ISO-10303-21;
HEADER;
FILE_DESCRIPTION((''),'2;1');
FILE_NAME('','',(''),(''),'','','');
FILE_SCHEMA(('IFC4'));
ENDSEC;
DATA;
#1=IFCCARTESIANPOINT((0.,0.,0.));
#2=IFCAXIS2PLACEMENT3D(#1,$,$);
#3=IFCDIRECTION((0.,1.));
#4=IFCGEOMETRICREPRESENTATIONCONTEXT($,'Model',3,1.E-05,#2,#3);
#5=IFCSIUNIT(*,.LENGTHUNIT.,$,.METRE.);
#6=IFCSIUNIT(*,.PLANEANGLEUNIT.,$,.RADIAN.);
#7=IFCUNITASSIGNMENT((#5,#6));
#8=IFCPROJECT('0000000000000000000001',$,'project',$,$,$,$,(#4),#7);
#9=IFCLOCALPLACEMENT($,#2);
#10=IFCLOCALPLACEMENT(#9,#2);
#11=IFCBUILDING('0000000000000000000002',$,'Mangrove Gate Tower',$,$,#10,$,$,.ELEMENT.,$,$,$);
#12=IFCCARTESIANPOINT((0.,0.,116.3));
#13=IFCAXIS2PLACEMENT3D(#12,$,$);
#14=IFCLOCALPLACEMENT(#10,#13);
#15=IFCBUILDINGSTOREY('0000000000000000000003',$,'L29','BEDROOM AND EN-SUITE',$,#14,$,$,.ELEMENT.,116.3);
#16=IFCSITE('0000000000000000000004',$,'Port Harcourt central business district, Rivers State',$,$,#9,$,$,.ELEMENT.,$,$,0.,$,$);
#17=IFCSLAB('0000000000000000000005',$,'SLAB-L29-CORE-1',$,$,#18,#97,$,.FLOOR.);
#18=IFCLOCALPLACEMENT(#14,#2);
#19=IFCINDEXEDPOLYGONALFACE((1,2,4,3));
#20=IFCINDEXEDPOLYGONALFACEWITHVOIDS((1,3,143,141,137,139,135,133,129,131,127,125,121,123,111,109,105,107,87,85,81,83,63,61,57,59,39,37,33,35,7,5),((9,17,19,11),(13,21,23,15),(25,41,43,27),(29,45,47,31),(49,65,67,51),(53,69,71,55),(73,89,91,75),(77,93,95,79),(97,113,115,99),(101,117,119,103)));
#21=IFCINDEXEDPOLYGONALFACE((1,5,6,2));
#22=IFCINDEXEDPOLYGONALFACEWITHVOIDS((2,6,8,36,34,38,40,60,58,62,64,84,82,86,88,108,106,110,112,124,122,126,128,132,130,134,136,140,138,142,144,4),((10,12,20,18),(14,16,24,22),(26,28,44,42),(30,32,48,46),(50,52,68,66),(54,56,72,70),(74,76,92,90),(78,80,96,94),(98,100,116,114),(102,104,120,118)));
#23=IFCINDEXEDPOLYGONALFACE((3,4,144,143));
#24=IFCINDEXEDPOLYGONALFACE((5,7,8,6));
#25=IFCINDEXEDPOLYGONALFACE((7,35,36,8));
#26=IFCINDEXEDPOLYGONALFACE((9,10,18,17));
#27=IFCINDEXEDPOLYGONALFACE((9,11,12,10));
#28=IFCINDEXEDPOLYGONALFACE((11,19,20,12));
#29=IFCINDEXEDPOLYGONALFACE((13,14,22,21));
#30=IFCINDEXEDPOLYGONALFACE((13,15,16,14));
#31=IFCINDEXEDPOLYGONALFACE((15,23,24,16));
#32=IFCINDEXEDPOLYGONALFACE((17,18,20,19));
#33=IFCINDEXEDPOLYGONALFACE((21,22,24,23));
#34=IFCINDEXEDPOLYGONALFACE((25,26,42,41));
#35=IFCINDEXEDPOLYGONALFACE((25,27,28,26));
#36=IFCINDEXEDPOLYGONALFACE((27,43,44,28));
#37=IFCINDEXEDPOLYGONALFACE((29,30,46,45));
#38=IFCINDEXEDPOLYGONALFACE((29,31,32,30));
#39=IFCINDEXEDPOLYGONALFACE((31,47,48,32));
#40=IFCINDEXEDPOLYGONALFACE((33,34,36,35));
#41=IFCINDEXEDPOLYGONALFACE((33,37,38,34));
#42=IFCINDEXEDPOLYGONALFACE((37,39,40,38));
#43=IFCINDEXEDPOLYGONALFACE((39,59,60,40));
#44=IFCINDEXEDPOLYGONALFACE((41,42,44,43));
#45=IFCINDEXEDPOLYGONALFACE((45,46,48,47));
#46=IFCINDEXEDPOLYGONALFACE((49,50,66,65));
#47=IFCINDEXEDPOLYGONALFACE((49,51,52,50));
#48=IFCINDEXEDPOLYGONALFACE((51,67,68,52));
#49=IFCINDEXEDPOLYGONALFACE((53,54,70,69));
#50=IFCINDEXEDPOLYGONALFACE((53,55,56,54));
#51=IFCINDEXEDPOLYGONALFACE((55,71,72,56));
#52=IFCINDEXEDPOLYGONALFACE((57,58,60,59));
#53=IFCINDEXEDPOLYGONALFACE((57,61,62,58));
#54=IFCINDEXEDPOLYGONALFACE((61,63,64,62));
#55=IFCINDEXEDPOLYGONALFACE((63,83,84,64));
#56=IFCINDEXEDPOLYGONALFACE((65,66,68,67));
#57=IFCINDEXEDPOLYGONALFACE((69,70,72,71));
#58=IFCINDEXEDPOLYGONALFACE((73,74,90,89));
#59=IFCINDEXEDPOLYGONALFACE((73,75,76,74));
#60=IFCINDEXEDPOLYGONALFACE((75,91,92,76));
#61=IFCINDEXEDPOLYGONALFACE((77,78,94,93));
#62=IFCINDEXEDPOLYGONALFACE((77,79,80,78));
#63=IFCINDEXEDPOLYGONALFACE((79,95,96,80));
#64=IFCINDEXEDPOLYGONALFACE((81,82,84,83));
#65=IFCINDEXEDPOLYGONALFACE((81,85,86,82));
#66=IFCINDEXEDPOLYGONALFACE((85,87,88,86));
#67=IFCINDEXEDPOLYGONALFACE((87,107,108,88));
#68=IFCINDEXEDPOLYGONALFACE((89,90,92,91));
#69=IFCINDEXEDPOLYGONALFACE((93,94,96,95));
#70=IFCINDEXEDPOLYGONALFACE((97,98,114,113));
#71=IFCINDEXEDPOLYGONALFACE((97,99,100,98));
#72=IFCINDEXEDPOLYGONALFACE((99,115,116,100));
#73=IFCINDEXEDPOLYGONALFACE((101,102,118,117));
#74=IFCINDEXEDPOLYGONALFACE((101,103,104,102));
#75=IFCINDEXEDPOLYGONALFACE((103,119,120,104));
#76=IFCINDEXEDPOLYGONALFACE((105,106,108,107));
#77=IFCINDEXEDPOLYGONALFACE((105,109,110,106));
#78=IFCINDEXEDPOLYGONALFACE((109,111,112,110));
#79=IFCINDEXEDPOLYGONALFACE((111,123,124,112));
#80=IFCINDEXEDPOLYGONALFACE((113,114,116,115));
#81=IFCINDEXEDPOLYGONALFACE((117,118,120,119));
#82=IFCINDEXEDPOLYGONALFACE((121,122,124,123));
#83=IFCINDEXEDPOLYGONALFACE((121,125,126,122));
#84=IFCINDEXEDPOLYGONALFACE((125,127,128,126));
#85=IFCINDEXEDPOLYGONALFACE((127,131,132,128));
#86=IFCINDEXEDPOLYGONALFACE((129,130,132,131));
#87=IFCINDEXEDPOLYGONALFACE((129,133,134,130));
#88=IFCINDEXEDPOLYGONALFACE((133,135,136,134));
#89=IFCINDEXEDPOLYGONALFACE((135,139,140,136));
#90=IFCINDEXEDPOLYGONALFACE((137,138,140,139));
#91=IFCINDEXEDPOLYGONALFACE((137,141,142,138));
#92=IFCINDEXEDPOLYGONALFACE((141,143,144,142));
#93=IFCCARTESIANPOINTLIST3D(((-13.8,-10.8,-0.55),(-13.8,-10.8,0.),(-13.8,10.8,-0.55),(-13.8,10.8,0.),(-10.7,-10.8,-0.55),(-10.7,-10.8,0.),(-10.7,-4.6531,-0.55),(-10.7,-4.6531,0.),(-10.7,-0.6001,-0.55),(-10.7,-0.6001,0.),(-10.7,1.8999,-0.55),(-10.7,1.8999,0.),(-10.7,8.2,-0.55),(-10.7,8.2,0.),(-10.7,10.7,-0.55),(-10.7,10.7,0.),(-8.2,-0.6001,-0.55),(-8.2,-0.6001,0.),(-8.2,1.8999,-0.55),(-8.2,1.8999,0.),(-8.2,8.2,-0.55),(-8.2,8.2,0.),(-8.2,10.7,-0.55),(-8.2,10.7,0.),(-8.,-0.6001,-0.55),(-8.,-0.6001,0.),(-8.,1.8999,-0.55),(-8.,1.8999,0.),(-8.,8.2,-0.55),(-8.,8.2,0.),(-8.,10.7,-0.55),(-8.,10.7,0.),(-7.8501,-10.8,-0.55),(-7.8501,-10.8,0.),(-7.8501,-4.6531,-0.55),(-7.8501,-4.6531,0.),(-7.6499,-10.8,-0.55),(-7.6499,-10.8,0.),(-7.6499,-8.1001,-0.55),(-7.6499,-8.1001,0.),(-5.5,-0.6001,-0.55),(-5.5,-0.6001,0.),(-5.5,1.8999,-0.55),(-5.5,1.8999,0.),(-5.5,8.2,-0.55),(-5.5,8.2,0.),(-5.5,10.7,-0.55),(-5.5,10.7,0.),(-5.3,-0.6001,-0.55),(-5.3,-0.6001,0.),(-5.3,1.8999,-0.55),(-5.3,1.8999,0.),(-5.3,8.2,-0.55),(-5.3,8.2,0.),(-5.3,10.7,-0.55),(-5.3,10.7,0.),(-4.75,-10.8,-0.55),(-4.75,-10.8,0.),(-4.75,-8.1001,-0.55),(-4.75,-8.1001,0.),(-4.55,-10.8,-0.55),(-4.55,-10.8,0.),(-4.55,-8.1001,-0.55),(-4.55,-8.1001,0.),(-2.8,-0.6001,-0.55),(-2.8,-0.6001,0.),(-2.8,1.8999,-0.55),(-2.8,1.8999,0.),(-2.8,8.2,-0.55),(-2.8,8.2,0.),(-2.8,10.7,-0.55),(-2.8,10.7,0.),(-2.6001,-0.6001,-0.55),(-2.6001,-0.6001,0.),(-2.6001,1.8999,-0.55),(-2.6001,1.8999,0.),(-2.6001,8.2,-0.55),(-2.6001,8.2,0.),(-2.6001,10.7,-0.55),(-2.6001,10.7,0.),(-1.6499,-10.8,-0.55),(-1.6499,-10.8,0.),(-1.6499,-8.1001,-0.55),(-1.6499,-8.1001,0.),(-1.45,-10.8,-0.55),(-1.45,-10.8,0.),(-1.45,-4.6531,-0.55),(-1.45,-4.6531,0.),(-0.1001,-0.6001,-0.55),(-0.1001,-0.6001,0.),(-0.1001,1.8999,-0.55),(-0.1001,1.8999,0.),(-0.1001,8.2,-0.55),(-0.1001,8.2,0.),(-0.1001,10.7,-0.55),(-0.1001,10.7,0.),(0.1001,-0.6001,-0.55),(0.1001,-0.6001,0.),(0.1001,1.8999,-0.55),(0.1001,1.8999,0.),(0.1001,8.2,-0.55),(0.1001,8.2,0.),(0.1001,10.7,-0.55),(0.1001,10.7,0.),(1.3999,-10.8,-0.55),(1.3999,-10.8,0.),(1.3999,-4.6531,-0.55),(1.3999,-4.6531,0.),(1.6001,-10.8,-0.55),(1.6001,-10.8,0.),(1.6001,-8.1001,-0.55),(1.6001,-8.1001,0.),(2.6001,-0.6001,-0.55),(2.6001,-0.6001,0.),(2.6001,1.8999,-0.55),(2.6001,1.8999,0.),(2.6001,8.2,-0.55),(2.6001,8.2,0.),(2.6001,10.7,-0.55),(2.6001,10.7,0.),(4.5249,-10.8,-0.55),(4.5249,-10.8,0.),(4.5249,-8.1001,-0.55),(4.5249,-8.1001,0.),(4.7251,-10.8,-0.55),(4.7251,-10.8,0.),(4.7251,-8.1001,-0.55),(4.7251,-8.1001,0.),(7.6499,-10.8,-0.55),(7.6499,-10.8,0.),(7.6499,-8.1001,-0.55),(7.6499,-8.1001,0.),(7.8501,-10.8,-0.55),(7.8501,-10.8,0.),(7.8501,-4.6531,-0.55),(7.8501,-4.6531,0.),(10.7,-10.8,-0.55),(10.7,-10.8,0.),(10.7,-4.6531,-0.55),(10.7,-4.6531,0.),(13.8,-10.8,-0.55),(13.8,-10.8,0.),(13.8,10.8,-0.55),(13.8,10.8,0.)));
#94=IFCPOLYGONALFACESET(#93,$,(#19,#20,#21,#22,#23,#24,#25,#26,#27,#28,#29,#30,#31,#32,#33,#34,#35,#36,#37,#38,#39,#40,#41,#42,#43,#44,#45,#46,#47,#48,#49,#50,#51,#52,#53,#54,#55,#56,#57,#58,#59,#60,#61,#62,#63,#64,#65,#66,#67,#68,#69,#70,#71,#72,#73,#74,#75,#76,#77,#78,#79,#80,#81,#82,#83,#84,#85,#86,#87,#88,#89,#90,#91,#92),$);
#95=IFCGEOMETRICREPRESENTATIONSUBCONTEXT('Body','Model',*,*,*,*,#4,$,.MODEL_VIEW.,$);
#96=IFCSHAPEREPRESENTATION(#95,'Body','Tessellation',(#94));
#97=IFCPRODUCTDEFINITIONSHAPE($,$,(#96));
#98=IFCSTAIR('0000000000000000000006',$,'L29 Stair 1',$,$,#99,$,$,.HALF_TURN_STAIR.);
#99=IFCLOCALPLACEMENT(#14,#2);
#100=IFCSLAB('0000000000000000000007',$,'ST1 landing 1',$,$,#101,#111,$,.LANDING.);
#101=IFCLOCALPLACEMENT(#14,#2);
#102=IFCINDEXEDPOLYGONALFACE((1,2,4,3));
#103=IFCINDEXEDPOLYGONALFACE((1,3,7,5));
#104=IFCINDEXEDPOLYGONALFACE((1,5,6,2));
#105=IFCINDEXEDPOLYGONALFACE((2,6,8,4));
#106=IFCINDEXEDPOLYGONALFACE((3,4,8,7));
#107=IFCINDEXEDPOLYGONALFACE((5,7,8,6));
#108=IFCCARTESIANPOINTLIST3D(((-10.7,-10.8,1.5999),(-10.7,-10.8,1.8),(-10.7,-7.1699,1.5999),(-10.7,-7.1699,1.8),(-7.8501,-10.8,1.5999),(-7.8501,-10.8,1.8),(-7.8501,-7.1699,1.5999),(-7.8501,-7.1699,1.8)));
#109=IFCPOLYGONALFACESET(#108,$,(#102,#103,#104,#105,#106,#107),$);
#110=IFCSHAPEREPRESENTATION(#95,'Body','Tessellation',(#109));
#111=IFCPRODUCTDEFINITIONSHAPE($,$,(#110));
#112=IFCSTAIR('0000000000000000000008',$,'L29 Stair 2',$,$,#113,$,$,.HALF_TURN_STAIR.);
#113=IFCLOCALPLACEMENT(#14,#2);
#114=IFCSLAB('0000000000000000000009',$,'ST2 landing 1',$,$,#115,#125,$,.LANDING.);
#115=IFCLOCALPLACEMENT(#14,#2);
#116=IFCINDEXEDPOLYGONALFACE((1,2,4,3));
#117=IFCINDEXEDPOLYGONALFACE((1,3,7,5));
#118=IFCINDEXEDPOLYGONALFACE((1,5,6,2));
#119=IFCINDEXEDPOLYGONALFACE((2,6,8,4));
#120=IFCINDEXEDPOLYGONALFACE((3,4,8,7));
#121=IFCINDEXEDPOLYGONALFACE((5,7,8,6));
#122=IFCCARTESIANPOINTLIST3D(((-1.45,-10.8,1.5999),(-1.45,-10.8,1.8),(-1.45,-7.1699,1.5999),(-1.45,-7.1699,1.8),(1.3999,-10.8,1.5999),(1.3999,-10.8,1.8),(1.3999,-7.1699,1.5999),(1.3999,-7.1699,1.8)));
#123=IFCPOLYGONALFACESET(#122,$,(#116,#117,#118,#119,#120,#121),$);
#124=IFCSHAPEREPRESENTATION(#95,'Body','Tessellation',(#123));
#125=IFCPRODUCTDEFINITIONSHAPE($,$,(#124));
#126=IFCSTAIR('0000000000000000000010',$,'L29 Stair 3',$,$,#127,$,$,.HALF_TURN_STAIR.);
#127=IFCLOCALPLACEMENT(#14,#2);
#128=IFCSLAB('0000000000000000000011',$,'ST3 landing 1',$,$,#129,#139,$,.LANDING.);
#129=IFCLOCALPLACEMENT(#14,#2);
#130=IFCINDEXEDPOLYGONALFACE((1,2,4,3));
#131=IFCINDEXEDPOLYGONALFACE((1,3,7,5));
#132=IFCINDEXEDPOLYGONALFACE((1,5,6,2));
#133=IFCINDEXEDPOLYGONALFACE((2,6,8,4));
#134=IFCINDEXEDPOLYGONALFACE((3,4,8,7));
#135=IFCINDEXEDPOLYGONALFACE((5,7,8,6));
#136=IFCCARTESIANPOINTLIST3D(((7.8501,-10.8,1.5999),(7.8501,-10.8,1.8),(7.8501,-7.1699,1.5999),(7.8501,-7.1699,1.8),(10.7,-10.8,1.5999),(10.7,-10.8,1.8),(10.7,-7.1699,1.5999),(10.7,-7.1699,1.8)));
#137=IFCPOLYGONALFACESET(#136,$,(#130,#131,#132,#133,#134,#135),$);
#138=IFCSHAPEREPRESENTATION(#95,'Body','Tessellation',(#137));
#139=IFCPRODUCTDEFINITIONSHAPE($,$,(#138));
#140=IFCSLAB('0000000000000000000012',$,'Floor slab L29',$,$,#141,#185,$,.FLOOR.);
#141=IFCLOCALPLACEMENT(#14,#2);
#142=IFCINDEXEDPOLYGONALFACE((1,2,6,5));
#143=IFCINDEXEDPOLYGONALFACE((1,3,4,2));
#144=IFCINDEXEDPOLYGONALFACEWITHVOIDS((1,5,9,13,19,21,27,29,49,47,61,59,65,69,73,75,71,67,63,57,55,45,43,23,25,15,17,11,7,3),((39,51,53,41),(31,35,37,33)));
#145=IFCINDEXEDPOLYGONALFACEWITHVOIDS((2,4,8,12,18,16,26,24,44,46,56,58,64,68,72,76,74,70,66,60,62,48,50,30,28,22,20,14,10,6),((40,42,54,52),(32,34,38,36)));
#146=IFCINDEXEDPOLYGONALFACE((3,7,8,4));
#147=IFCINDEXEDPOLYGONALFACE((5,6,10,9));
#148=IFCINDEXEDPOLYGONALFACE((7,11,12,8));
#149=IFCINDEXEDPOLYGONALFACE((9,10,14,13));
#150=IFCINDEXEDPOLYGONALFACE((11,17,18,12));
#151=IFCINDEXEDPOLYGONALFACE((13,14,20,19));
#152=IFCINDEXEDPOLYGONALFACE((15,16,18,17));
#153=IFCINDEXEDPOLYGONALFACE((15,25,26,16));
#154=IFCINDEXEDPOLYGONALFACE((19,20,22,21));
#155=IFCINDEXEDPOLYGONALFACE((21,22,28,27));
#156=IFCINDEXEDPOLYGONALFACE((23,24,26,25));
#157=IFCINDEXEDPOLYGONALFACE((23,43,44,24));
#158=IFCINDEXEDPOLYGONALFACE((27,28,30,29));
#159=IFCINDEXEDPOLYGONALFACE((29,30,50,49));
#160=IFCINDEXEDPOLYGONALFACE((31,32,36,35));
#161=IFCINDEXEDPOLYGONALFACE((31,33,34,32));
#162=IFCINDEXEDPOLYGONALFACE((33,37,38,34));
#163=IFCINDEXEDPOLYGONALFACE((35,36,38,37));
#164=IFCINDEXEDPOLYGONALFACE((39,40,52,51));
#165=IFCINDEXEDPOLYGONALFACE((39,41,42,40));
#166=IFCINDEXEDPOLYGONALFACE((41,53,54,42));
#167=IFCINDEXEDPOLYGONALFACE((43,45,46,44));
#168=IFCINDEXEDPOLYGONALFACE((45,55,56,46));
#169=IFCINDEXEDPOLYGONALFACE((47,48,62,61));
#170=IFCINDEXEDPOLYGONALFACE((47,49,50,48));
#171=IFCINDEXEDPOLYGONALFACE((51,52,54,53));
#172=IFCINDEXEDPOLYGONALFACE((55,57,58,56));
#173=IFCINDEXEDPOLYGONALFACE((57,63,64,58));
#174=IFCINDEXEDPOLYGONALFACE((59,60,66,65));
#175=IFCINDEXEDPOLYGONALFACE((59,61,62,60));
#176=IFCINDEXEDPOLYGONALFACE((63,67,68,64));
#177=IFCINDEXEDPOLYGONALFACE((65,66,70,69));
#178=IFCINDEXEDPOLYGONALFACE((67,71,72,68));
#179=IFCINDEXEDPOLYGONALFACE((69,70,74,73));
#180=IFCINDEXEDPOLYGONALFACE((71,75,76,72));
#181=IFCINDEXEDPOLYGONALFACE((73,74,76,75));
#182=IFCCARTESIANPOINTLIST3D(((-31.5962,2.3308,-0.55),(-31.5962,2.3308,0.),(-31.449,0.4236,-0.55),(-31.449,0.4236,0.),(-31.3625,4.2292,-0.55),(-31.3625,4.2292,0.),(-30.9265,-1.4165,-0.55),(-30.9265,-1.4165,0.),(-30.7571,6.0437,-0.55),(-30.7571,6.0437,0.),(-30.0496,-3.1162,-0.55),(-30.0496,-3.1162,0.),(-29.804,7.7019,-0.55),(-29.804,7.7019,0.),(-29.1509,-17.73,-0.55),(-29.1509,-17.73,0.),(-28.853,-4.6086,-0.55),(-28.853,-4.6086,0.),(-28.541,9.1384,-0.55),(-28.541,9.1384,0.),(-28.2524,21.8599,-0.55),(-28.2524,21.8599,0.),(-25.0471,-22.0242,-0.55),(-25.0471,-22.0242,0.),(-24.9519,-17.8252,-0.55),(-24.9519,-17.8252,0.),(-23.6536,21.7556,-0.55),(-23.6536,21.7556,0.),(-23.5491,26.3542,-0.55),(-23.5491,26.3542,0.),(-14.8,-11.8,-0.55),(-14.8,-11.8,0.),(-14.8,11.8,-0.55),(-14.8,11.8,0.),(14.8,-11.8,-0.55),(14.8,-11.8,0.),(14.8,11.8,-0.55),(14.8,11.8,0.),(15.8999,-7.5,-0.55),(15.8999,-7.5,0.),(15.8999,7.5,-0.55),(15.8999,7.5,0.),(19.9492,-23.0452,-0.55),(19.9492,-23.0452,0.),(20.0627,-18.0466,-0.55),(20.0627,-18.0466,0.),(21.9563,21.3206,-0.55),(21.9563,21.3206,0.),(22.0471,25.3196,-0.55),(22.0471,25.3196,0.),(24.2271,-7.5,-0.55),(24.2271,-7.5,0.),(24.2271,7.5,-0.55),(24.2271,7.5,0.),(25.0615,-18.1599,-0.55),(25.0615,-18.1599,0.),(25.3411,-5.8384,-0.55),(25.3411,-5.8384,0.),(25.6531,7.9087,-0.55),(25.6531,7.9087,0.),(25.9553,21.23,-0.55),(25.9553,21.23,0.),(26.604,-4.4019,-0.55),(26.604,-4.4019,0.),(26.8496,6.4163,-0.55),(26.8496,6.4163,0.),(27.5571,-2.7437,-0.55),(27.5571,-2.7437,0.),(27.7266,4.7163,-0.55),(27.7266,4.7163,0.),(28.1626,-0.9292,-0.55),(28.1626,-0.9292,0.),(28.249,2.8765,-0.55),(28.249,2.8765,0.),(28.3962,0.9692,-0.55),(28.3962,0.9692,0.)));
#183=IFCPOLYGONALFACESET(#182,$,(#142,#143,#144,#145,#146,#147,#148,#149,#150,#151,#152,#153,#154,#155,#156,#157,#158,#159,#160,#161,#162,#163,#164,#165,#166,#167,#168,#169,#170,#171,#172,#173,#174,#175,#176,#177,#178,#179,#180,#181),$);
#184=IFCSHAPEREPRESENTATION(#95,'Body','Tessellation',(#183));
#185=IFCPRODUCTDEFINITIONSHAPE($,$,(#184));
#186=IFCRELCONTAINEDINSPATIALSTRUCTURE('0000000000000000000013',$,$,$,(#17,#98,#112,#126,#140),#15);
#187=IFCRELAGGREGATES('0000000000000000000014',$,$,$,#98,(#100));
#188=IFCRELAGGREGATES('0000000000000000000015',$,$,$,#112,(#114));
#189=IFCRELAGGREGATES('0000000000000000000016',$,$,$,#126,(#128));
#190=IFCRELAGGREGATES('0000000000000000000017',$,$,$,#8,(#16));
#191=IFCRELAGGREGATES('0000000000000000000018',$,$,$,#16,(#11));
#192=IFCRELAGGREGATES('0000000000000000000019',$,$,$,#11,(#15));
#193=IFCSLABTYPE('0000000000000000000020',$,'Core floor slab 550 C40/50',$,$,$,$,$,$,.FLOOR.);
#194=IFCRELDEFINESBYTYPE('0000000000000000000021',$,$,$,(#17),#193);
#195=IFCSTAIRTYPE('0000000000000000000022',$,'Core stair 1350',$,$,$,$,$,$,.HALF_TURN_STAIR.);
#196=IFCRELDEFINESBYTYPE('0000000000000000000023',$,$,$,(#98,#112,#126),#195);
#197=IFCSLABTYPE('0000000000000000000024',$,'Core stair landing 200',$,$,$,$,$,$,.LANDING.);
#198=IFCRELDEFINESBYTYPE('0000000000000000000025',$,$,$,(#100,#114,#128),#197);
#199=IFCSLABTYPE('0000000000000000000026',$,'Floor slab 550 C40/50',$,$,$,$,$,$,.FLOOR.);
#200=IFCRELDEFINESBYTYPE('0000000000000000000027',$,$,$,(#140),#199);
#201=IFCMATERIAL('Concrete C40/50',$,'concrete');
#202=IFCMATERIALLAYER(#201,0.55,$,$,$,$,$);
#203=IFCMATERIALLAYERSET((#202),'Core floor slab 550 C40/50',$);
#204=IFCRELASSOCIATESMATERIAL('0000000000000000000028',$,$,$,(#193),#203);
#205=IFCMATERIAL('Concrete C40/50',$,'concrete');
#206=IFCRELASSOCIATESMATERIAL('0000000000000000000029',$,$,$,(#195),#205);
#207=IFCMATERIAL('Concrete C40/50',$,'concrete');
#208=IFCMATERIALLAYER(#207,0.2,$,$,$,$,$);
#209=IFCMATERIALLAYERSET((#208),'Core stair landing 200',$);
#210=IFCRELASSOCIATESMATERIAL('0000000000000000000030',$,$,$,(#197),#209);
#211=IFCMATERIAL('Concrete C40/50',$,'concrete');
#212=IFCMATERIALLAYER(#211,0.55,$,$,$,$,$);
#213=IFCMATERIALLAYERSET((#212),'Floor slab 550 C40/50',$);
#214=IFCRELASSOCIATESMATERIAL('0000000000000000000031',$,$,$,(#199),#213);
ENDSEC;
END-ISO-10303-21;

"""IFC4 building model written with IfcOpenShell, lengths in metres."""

from ifc_helpers import new_model, si_unit, direction, frame, origin, place, context, subcontext, project, spatial, polyline, outline, extrude, material, layer, layer_set, type_object, element, aggregate, save


model = new_model("IFC4")

# Units and contexts
model_context = context("Model", 3, precision=1e-05, world=origin(), true_north=direction((0.0, 1.0)))
body_context = subcontext(model_context, "Body", "Model", "MODEL_VIEW")
ifc_project = project(units=[si_unit("LENGTHUNIT", "METRE"), si_unit("PLANEANGLEUNIT", "RADIAN")], contexts=[model_context])

# Site, building, storey
site_placement = place(None, origin())
site = spatial("IfcSite", under=ifc_project, at=site_placement, Name="Port Harcourt central business district, Rivers State", CompositionType="ELEMENT", RefElevation=0.0)
building_placement = place(site_placement, origin())
building = spatial("IfcBuilding", under=site, at=building_placement, Name="Mangrove Gate Tower", CompositionType="ELEMENT")
storey_placement = place(building_placement, frame((0.0, 0.0, 116.3)))
storey = spatial("IfcBuildingStorey", under=building, at=storey_placement, Name="L29", Description="BEDROOM AND EN-SUITE", CompositionType="ELEMENT", Elevation=116.3)

# Slab
ifc_material_1 = material(Name="Concrete C40/50", Category="concrete")
ifc_layer_1 = layer(ifc_material_1, 0.55)
ifc_layer_set_1 = layer_set([ifc_layer_1], Name="Core floor slab 550 C40/50")
slab_type_1 = type_object("IfcSlabType", Name="Core floor slab 550 C40/50", PredefinedType="FLOOR", material=ifc_layer_set_1)
slab_1_placement = place(storey_placement, frame((0.0, 0.0, -0.55)))
element("IfcSlab", 1, at=slab_1_placement, inside=storey, type_object=slab_type_1, Name="SLAB-L29-CORE-1", PredefinedType="FLOOR", context=body_context, shape_type="SweptSolid", body=[
    extrude(outline(polyline([(-13.8, -10.8), (-13.8, 10.8), (13.8, 10.8), (13.8, -10.8), (10.7, -10.8), (10.7, -4.6531), (7.8501, -4.6531), (7.8501, -10.8), (7.6499, -10.8), (7.6499, -8.1001), (4.7251, -8.1001), (4.7251, -10.8), (4.5249, -10.8), (4.5249, -8.1001), (1.6001, -8.1001), (1.6001, -10.8), (1.3999, -10.8), (1.3999, -4.6531), (-1.45, -4.6531), (-1.45, -10.8), (-1.6499, -10.8), (-1.6499, -8.1001), (-4.55, -8.1001), (-4.55, -10.8), (-4.75, -10.8), (-4.75, -8.1001), (-7.6499, -8.1001), (-7.6499, -10.8), (-7.8501, -10.8), (-7.8501, -4.6531), (-10.7, -4.6531), (-10.7, -10.8), (-13.8, -10.8)]), holes=[polyline([(-8.2, -0.6001), (-8.2, 1.8999), (-10.7, 1.8999), (-10.7, -0.6001), (-8.2, -0.6001)]), polyline([(-5.5, -0.6001), (-5.5, 1.8999), (-8.0, 1.8999), (-8.0, -0.6001), (-5.5, -0.6001)]), polyline([(-2.8, -0.6001), (-2.8, 1.8999), (-5.3, 1.8999), (-5.3, -0.6001), (-2.8, -0.6001)]), polyline([(-8.2, 8.2), (-8.2, 10.7), (-10.7, 10.7), (-10.7, 8.2), (-8.2, 8.2)]), polyline([(-5.5, 8.2), (-5.5, 10.7), (-8.0, 10.7), (-8.0, 8.2), (-5.5, 8.2)]), polyline([(-2.8, 8.2), (-2.8, 10.7), (-5.3, 10.7), (-5.3, 8.2), (-2.8, 8.2)]), polyline([(-0.1001, -0.6001), (-0.1001, 1.8999), (-2.6001, 1.8999), (-2.6001, -0.6001), (-0.1001, -0.6001)]), polyline([(2.6001, -0.6001), (2.6001, 1.8999), (0.1001, 1.8999), (0.1001, -0.6001), (2.6001, -0.6001)]), polyline([(-2.6001, 8.2), (-0.1001, 8.2), (-0.1001, 10.7), (-2.6001, 10.7), (-2.6001, 8.2)]), polyline([(0.1001, 8.2), (2.6001, 8.2), (2.6001, 10.7), (0.1001, 10.7), (0.1001, 8.2)])]), origin(), (0.0, 0.0, 1.0), 0.55),
])

# Stairs, slabs
ifc_material_2 = material(Name="Concrete C40/50", Category="concrete")
stair_type = type_object("IfcStairType", Name="Core stair 1350", PredefinedType="HALF_TURN_STAIR", material=ifc_material_2)
stair_1_placement = place(storey_placement, origin())
stair_1 = element("IfcStair", 2, at=stair_1_placement, inside=storey, type_object=stair_type, Name="L29 Stair 1", PredefinedType="HALF_TURN_STAIR")
ifc_material_3 = material(Name="Concrete C40/50", Category="concrete")
ifc_layer_2 = layer(ifc_material_3, 0.2)
ifc_layer_set_2 = layer_set([ifc_layer_2], Name="Core stair landing 200")
slab_type_2 = type_object("IfcSlabType", Name="Core stair landing 200", PredefinedType="LANDING", material=ifc_layer_set_2)
slab_2_placement = place(storey_placement, frame((0.0, 0.0, 1.5999)))
slab_2 = element("IfcSlab", 3, at=slab_2_placement, type_object=slab_type_2, Name="ST1 landing 1", PredefinedType="LANDING", context=body_context, shape_type="SweptSolid", body=[
    extrude(outline(polyline([(-10.7, -7.1699), (-10.7, -10.8), (-7.8501, -10.8), (-7.8501, -7.1699), (-10.7, -7.1699)])), origin(), (0.0, 0.0, 1.0), 0.2002),
])
aggregate(stair_1, [slab_2])
stair_2_placement = place(storey_placement, origin())
stair_2 = element("IfcStair", 4, at=stair_2_placement, inside=storey, type_object=stair_type, Name="L29 Stair 2", PredefinedType="HALF_TURN_STAIR")
slab_3_placement = place(storey_placement, frame((0.0, 0.0, 1.5999)))
slab_3 = element("IfcSlab", 5, at=slab_3_placement, type_object=slab_type_2, Name="ST2 landing 1", PredefinedType="LANDING", context=body_context, shape_type="SweptSolid", body=[
    extrude(outline(polyline([(-1.45, -7.1699), (-1.45, -10.8), (1.3999, -10.8), (1.3999, -7.1699), (-1.45, -7.1699)])), origin(), (0.0, 0.0, 1.0), 0.2002),
])
aggregate(stair_2, [slab_3])
stair_3_placement = place(storey_placement, origin())
stair_3 = element("IfcStair", 6, at=stair_3_placement, inside=storey, type_object=stair_type, Name="L29 Stair 3", PredefinedType="HALF_TURN_STAIR")
slab_4_placement = place(storey_placement, frame((0.0, 0.0, 1.5999)))
slab_4 = element("IfcSlab", 7, at=slab_4_placement, type_object=slab_type_2, Name="ST3 landing 1", PredefinedType="LANDING", context=body_context, shape_type="SweptSolid", body=[
    extrude(outline(polyline([(7.8501, -7.1699), (7.8501, -10.8), (10.7, -10.8), (10.7, -7.1699), (7.8501, -7.1699)])), origin(), (0.0, 0.0, 1.0), 0.2002),
])
aggregate(stair_3, [slab_4])

# Slab
ifc_material_4 = material(Name="Concrete C40/50", Category="concrete")
ifc_layer_3 = layer(ifc_material_4, 0.55)
ifc_layer_set_3 = layer_set([ifc_layer_3], Name="Floor slab 550 C40/50")
slab_type_3 = type_object("IfcSlabType", Name="Floor slab 550 C40/50", PredefinedType="FLOOR", material=ifc_layer_set_3)
slab_5_placement = place(storey_placement, frame((0.0, 0.0, -0.55)))
element("IfcSlab", 8, at=slab_5_placement, inside=storey, type_object=slab_type_3, Name="Floor slab L29", PredefinedType="FLOOR", context=body_context, shape_type="SweptSolid", body=[
    extrude(outline(polyline([(-25.0471, -22.0242), (19.9492, -23.0452), (20.0627, -18.0466), (25.0615, -18.1599), (25.3411, -5.8384), (26.604, -4.4019), (27.5571, -2.7437), (28.1626, -0.9292), (28.3962, 0.9692), (28.249, 2.8765), (27.7266, 4.7163), (26.8496, 6.4163), (25.6531, 7.9087), (25.9553, 21.23), (21.9563, 21.3206), (22.0471, 25.3196), (-23.5491, 26.3542), (-23.6536, 21.7556), (-28.2524, 21.8599), (-28.541, 9.1384), (-29.804, 7.7019), (-30.7571, 6.0437), (-31.3625, 4.2292), (-31.5962, 2.3308), (-31.449, 0.4236), (-30.9265, -1.4165), (-30.0496, -3.1162), (-28.853, -4.6086), (-29.1509, -17.73), (-24.9519, -17.8252), (-25.0471, -22.0242)]), holes=[polyline([(15.8999, 7.5), (24.2271, 7.5), (24.2271, -7.5), (15.8999, -7.5), (15.8999, 7.5)]), polyline([(-14.8, -11.8), (-14.8, 11.8), (14.8, 11.8), (14.8, -11.8), (-14.8, -11.8)])]), origin(), (0.0, 0.0, 1.0), 0.55),
])

save(model, "model.ifc")
